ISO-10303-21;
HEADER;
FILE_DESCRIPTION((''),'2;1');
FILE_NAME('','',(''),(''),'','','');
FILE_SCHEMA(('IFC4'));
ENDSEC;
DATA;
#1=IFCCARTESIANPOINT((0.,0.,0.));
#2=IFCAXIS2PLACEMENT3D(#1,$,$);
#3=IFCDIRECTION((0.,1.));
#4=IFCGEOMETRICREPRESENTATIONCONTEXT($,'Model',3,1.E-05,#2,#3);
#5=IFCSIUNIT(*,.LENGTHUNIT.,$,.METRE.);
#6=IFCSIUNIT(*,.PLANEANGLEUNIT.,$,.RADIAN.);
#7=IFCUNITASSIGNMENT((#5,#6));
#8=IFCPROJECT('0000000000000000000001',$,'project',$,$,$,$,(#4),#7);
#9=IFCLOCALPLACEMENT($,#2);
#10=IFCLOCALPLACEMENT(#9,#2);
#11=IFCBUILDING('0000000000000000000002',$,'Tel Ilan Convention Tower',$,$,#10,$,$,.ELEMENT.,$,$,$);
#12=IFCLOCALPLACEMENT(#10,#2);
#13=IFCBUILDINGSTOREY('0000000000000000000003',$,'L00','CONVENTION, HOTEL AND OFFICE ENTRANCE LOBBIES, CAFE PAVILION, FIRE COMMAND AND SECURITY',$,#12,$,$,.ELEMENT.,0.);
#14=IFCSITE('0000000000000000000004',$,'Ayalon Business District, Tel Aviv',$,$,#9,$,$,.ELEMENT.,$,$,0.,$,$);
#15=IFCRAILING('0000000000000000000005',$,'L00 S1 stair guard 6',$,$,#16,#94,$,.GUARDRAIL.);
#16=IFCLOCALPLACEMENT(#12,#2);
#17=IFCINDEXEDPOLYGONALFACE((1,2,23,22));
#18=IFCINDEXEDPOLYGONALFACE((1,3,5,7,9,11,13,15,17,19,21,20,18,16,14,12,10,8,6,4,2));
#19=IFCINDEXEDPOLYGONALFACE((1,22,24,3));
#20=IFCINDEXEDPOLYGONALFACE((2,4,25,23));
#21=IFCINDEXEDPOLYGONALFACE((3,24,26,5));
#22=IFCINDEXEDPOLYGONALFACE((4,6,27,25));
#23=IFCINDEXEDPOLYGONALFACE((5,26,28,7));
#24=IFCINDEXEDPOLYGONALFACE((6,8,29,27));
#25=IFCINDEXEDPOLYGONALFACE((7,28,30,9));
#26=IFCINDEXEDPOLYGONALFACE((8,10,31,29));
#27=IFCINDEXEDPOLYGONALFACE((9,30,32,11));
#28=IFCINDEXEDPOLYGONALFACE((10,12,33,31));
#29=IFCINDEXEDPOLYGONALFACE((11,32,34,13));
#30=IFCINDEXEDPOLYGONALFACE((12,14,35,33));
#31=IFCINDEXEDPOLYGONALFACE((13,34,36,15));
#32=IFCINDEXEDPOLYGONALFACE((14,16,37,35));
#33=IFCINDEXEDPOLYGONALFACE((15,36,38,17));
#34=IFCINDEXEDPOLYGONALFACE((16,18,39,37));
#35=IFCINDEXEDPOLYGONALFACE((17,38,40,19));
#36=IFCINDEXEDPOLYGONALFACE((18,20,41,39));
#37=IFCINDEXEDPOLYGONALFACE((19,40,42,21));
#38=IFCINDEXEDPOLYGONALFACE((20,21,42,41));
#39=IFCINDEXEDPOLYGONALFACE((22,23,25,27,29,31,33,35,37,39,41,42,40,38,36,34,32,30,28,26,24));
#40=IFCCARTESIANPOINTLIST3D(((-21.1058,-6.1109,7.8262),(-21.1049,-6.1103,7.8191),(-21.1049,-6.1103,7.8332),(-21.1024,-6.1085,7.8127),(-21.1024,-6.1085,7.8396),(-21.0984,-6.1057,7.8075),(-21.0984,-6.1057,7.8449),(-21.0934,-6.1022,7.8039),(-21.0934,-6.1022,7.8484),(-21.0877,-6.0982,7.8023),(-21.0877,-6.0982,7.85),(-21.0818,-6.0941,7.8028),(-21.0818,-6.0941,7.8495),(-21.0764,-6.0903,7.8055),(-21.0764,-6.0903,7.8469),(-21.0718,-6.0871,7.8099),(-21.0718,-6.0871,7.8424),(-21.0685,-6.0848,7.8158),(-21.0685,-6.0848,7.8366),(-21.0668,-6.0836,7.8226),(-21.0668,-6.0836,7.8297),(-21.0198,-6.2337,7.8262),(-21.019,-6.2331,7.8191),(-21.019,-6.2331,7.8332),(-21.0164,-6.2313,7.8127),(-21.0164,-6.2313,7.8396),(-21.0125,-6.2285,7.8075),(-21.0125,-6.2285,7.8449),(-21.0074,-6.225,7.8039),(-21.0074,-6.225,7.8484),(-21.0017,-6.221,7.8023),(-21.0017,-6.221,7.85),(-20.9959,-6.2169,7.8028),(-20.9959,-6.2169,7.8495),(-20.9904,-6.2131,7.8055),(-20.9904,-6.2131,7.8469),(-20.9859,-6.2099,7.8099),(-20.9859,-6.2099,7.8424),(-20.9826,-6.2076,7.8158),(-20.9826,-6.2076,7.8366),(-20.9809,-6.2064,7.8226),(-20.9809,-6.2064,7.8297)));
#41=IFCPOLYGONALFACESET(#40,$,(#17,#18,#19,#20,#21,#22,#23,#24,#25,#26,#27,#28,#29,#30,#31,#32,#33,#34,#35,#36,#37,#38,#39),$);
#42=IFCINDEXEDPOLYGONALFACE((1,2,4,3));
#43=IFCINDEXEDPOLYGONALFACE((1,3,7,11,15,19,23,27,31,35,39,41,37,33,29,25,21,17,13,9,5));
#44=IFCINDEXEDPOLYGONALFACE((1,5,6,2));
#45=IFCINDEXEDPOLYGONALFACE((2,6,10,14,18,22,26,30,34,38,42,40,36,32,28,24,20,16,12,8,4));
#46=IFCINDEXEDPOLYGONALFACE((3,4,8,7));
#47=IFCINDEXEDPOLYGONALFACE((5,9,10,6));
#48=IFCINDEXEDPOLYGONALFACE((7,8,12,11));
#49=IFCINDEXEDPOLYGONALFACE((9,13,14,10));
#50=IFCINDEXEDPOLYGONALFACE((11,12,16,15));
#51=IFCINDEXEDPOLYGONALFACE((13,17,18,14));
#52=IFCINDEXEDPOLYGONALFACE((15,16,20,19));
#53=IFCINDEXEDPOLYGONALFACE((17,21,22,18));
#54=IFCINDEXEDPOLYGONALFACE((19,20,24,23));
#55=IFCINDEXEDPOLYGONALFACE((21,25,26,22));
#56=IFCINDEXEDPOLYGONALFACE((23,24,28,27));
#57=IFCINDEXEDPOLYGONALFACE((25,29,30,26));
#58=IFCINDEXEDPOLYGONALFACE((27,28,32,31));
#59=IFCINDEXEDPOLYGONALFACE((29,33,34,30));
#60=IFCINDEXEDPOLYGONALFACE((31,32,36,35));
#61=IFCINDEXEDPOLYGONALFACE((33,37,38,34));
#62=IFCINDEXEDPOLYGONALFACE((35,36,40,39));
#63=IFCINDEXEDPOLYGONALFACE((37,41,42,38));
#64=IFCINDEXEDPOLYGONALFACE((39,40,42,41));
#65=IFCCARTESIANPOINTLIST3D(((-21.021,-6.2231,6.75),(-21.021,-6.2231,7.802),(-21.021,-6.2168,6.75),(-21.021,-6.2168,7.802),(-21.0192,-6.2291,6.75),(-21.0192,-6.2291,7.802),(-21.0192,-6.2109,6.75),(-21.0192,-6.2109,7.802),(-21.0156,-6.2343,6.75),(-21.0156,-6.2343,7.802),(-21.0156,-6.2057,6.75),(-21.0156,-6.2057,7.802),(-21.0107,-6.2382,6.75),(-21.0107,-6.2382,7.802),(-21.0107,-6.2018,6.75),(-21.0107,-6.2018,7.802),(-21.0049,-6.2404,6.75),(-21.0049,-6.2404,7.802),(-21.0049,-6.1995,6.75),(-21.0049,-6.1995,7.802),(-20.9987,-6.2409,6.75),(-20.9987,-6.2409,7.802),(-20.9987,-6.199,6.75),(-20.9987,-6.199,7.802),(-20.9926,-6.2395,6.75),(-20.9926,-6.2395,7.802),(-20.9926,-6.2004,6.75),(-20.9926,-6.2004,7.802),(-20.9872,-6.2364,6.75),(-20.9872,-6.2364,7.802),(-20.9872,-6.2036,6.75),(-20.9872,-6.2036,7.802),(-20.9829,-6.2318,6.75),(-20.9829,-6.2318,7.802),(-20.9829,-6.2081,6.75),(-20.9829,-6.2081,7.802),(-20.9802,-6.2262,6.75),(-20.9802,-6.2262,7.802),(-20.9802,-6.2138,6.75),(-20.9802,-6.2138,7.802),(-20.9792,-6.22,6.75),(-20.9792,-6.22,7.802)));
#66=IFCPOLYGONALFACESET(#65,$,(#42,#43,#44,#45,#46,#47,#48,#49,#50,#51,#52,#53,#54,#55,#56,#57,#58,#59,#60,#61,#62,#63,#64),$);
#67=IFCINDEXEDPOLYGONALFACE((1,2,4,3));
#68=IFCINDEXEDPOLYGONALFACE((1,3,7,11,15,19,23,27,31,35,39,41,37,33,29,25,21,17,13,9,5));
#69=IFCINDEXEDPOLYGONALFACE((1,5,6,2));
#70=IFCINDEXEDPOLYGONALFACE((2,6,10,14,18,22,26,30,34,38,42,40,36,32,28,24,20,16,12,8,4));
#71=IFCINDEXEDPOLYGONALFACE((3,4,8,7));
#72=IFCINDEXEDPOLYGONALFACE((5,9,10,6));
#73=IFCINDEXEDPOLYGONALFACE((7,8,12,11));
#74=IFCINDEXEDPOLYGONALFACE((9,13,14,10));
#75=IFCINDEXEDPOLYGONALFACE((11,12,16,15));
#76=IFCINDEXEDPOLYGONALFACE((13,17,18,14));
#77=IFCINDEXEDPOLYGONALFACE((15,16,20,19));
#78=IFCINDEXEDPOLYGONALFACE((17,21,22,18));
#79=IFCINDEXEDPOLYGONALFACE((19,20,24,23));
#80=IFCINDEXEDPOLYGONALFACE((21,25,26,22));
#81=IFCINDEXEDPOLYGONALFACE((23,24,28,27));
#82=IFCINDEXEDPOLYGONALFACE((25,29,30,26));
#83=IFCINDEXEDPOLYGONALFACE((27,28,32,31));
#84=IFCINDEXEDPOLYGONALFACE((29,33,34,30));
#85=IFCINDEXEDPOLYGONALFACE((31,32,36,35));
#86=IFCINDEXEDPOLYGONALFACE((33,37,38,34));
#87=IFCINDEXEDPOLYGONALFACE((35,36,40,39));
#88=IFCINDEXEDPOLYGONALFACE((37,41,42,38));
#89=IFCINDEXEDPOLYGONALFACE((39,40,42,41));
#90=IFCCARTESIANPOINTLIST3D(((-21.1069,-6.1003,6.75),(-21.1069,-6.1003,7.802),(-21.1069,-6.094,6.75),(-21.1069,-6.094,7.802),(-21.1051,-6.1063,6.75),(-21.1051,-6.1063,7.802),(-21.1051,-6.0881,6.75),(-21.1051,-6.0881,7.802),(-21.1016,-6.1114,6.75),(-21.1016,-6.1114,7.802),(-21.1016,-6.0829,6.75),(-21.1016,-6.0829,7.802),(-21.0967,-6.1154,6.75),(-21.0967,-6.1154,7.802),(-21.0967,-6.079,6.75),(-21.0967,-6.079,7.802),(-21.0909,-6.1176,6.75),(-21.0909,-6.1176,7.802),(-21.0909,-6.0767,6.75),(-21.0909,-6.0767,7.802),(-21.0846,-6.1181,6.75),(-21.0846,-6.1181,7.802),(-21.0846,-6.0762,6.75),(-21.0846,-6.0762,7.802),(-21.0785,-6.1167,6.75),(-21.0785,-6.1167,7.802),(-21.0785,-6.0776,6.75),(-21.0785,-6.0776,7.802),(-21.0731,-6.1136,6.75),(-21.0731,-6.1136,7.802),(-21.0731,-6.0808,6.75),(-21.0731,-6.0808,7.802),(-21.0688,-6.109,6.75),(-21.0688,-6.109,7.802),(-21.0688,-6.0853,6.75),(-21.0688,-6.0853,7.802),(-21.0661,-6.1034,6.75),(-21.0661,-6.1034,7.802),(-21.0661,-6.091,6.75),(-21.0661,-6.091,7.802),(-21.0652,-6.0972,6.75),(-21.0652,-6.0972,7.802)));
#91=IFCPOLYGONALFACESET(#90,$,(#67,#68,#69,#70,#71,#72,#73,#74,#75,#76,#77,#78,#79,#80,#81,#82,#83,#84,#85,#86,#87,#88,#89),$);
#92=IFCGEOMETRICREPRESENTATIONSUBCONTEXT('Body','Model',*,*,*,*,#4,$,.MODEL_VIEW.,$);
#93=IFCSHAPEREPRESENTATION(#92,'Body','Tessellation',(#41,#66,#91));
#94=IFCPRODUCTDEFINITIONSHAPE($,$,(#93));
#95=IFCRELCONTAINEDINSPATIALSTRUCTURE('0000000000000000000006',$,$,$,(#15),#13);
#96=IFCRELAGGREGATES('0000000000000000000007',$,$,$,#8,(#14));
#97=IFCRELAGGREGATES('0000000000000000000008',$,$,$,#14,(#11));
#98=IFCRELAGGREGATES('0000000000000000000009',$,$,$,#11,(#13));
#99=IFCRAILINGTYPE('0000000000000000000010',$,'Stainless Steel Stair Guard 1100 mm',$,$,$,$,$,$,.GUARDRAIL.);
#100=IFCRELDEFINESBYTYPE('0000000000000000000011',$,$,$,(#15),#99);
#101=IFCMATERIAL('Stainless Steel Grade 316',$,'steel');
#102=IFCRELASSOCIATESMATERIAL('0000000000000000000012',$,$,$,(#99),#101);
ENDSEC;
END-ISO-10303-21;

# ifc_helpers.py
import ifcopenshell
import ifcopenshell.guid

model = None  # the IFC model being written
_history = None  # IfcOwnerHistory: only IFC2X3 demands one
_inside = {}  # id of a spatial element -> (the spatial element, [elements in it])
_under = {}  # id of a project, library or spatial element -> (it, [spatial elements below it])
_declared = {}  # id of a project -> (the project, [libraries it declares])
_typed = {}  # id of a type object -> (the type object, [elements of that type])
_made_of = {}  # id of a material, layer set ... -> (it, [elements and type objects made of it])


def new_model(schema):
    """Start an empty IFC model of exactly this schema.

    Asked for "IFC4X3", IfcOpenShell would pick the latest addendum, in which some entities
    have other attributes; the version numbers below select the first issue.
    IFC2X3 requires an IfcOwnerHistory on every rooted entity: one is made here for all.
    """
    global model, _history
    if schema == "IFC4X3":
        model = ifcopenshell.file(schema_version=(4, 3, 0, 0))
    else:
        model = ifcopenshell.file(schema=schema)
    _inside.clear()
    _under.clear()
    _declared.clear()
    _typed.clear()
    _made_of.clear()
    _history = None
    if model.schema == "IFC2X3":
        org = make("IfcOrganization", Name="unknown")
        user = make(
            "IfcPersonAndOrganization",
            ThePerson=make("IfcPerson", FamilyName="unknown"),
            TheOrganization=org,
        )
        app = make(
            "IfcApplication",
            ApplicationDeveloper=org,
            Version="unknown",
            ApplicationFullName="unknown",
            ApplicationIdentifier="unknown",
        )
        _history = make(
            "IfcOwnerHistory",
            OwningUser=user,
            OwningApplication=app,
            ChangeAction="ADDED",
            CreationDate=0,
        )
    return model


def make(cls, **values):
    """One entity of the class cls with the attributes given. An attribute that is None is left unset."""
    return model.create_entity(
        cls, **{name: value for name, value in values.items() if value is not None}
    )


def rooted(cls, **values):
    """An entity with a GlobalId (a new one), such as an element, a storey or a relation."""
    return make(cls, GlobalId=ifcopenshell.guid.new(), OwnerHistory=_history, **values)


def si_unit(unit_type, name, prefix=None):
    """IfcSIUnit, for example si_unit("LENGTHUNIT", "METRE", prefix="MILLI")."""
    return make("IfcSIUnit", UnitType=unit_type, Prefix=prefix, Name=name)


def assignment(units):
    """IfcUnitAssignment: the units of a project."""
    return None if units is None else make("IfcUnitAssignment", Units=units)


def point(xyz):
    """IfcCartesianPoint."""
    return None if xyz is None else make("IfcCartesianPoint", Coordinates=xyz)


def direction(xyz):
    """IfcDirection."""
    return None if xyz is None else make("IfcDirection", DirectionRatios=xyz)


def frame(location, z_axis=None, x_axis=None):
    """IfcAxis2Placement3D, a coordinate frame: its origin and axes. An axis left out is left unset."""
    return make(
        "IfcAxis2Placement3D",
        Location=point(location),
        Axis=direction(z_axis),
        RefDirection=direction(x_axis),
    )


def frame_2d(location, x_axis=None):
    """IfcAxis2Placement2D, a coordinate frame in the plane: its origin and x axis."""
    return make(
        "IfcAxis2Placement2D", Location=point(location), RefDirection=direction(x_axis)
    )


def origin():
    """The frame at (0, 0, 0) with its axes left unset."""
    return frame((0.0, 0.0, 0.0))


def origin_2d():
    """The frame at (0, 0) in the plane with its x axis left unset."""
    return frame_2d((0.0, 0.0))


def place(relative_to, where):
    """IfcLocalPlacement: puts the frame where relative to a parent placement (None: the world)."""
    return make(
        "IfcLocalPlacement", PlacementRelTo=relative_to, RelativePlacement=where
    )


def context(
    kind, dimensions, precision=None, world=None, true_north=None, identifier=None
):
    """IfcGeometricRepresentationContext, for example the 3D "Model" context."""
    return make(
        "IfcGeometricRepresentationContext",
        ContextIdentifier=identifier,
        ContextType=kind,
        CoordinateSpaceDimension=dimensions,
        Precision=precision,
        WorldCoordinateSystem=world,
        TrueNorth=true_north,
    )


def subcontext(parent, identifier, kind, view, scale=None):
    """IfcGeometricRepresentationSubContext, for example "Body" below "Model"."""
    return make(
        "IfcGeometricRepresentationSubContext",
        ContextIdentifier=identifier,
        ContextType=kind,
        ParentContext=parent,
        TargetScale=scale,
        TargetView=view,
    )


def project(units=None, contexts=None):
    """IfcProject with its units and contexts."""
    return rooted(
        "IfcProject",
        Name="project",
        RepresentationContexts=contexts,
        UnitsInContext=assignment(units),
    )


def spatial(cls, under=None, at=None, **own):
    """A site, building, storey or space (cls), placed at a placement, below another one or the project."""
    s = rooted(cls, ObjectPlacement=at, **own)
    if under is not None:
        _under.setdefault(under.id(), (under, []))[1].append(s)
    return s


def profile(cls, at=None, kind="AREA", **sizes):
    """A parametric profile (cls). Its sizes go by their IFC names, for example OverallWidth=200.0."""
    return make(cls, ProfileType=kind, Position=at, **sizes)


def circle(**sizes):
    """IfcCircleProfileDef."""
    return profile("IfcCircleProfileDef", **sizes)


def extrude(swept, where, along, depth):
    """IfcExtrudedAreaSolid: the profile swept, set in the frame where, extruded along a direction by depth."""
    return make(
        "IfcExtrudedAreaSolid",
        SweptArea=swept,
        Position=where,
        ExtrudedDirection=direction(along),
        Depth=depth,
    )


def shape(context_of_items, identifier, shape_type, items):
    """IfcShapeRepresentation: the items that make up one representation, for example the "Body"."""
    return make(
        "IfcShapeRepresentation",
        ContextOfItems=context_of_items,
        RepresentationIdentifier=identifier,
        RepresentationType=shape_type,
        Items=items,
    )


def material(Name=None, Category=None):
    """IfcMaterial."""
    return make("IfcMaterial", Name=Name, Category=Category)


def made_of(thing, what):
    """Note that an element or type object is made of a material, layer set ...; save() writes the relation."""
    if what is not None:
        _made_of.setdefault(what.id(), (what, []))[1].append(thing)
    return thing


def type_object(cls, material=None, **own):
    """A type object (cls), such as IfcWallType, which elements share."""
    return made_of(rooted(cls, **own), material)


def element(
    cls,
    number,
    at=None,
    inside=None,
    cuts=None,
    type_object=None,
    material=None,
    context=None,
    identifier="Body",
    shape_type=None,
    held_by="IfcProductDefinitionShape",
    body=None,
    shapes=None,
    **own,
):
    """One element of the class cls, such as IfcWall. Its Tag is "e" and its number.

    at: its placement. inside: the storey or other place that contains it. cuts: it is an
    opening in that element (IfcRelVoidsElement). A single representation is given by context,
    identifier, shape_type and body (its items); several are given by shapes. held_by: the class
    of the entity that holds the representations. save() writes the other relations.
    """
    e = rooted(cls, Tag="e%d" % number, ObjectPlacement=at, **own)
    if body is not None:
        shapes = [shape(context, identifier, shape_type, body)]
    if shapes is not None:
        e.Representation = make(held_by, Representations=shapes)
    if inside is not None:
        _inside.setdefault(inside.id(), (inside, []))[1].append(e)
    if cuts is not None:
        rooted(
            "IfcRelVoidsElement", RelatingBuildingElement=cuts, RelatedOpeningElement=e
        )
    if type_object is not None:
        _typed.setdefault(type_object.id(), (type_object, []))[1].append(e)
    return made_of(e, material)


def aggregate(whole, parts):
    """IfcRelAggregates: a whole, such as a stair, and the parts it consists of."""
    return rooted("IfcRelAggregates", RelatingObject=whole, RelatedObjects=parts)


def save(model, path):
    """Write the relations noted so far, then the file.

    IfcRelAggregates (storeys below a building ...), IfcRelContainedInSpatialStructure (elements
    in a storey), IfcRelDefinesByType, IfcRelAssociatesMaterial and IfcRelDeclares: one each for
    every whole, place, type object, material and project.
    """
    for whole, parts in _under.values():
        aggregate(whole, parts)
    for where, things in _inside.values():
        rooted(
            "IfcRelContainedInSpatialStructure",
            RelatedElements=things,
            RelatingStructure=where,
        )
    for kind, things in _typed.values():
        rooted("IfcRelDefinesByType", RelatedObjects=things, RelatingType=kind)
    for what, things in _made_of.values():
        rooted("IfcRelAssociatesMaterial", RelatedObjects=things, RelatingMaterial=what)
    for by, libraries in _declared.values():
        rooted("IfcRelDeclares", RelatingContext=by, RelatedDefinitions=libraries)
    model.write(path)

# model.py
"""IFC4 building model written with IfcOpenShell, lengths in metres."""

from ifc_helpers import new_model, si_unit, direction, frame, origin, origin_2d, place, context, subcontext, project, spatial, circle, extrude, material, type_object, element, save


model = new_model("IFC4")

# Units and contexts
model_context = context("Model", 3, precision=1e-05, world=origin(), true_north=direction((0.0, 1.0)))
body_context = subcontext(model_context, "Body", "Model", "MODEL_VIEW")
ifc_project = project(units=[si_unit("LENGTHUNIT", "METRE"), si_unit("PLANEANGLEUNIT", "RADIAN")], contexts=[model_context])

# Site, building, storey
site_placement = place(None, origin())
site = spatial("IfcSite", under=ifc_project, at=site_placement, Name="Ayalon Business District, Tel Aviv", CompositionType="ELEMENT", RefElevation=0.0)
building_placement = place(site_placement, origin())
building = spatial("IfcBuilding", under=site, at=building_placement, Name="Tel Ilan Convention Tower", CompositionType="ELEMENT")
storey_placement = place(building_placement, origin())
storey = spatial("IfcBuildingStorey", under=building, at=storey_placement, Name="L00", Description="CONVENTION, HOTEL AND OFFICE ENTRANCE LOBBIES, CAFE PAVILION, FIRE COMMAND AND SECURITY", CompositionType="ELEMENT", Elevation=0.0)

# Railing
ifc_material_1 = material(Name="Stainless Steel Grade 316", Category="steel")
railing_type_1 = type_object("IfcRailingType", Name="Stainless Steel Stair Guard 1100 mm", PredefinedType="GUARDRAIL", material=ifc_material_1)
railing_1_placement = place(storey_placement, frame((-21.0002, -6.22, 6.75)))
element("IfcRailing", 1, at=railing_1_placement, inside=storey, type_object=railing_type_1, Name="L00 S1 stair guard 6", PredefinedType="GUARDRAIL", context=body_context, shape_type="SweptSolid", body=[
    extrude(circle(Radius=0.0239, at=origin_2d()), frame((0.0, 0.0, 1.0762), z_axis=(-0.573353, 0.819308, 0.0), x_axis=(-0.819308, -0.573353, 0.0)), (0.0, 0.0, 1.0), 0.1499),
    extrude(circle(Radius=0.021, at=origin_2d()), origin(), (0.0, 0.0, 1.0), 1.052),
    extrude(circle(Radius=0.021, at=origin_2d()), frame((-0.0859, 0.1228, 0.0)), (0.0, 0.0, 1.0), 1.052),
])

save(model, "model.ifc")
